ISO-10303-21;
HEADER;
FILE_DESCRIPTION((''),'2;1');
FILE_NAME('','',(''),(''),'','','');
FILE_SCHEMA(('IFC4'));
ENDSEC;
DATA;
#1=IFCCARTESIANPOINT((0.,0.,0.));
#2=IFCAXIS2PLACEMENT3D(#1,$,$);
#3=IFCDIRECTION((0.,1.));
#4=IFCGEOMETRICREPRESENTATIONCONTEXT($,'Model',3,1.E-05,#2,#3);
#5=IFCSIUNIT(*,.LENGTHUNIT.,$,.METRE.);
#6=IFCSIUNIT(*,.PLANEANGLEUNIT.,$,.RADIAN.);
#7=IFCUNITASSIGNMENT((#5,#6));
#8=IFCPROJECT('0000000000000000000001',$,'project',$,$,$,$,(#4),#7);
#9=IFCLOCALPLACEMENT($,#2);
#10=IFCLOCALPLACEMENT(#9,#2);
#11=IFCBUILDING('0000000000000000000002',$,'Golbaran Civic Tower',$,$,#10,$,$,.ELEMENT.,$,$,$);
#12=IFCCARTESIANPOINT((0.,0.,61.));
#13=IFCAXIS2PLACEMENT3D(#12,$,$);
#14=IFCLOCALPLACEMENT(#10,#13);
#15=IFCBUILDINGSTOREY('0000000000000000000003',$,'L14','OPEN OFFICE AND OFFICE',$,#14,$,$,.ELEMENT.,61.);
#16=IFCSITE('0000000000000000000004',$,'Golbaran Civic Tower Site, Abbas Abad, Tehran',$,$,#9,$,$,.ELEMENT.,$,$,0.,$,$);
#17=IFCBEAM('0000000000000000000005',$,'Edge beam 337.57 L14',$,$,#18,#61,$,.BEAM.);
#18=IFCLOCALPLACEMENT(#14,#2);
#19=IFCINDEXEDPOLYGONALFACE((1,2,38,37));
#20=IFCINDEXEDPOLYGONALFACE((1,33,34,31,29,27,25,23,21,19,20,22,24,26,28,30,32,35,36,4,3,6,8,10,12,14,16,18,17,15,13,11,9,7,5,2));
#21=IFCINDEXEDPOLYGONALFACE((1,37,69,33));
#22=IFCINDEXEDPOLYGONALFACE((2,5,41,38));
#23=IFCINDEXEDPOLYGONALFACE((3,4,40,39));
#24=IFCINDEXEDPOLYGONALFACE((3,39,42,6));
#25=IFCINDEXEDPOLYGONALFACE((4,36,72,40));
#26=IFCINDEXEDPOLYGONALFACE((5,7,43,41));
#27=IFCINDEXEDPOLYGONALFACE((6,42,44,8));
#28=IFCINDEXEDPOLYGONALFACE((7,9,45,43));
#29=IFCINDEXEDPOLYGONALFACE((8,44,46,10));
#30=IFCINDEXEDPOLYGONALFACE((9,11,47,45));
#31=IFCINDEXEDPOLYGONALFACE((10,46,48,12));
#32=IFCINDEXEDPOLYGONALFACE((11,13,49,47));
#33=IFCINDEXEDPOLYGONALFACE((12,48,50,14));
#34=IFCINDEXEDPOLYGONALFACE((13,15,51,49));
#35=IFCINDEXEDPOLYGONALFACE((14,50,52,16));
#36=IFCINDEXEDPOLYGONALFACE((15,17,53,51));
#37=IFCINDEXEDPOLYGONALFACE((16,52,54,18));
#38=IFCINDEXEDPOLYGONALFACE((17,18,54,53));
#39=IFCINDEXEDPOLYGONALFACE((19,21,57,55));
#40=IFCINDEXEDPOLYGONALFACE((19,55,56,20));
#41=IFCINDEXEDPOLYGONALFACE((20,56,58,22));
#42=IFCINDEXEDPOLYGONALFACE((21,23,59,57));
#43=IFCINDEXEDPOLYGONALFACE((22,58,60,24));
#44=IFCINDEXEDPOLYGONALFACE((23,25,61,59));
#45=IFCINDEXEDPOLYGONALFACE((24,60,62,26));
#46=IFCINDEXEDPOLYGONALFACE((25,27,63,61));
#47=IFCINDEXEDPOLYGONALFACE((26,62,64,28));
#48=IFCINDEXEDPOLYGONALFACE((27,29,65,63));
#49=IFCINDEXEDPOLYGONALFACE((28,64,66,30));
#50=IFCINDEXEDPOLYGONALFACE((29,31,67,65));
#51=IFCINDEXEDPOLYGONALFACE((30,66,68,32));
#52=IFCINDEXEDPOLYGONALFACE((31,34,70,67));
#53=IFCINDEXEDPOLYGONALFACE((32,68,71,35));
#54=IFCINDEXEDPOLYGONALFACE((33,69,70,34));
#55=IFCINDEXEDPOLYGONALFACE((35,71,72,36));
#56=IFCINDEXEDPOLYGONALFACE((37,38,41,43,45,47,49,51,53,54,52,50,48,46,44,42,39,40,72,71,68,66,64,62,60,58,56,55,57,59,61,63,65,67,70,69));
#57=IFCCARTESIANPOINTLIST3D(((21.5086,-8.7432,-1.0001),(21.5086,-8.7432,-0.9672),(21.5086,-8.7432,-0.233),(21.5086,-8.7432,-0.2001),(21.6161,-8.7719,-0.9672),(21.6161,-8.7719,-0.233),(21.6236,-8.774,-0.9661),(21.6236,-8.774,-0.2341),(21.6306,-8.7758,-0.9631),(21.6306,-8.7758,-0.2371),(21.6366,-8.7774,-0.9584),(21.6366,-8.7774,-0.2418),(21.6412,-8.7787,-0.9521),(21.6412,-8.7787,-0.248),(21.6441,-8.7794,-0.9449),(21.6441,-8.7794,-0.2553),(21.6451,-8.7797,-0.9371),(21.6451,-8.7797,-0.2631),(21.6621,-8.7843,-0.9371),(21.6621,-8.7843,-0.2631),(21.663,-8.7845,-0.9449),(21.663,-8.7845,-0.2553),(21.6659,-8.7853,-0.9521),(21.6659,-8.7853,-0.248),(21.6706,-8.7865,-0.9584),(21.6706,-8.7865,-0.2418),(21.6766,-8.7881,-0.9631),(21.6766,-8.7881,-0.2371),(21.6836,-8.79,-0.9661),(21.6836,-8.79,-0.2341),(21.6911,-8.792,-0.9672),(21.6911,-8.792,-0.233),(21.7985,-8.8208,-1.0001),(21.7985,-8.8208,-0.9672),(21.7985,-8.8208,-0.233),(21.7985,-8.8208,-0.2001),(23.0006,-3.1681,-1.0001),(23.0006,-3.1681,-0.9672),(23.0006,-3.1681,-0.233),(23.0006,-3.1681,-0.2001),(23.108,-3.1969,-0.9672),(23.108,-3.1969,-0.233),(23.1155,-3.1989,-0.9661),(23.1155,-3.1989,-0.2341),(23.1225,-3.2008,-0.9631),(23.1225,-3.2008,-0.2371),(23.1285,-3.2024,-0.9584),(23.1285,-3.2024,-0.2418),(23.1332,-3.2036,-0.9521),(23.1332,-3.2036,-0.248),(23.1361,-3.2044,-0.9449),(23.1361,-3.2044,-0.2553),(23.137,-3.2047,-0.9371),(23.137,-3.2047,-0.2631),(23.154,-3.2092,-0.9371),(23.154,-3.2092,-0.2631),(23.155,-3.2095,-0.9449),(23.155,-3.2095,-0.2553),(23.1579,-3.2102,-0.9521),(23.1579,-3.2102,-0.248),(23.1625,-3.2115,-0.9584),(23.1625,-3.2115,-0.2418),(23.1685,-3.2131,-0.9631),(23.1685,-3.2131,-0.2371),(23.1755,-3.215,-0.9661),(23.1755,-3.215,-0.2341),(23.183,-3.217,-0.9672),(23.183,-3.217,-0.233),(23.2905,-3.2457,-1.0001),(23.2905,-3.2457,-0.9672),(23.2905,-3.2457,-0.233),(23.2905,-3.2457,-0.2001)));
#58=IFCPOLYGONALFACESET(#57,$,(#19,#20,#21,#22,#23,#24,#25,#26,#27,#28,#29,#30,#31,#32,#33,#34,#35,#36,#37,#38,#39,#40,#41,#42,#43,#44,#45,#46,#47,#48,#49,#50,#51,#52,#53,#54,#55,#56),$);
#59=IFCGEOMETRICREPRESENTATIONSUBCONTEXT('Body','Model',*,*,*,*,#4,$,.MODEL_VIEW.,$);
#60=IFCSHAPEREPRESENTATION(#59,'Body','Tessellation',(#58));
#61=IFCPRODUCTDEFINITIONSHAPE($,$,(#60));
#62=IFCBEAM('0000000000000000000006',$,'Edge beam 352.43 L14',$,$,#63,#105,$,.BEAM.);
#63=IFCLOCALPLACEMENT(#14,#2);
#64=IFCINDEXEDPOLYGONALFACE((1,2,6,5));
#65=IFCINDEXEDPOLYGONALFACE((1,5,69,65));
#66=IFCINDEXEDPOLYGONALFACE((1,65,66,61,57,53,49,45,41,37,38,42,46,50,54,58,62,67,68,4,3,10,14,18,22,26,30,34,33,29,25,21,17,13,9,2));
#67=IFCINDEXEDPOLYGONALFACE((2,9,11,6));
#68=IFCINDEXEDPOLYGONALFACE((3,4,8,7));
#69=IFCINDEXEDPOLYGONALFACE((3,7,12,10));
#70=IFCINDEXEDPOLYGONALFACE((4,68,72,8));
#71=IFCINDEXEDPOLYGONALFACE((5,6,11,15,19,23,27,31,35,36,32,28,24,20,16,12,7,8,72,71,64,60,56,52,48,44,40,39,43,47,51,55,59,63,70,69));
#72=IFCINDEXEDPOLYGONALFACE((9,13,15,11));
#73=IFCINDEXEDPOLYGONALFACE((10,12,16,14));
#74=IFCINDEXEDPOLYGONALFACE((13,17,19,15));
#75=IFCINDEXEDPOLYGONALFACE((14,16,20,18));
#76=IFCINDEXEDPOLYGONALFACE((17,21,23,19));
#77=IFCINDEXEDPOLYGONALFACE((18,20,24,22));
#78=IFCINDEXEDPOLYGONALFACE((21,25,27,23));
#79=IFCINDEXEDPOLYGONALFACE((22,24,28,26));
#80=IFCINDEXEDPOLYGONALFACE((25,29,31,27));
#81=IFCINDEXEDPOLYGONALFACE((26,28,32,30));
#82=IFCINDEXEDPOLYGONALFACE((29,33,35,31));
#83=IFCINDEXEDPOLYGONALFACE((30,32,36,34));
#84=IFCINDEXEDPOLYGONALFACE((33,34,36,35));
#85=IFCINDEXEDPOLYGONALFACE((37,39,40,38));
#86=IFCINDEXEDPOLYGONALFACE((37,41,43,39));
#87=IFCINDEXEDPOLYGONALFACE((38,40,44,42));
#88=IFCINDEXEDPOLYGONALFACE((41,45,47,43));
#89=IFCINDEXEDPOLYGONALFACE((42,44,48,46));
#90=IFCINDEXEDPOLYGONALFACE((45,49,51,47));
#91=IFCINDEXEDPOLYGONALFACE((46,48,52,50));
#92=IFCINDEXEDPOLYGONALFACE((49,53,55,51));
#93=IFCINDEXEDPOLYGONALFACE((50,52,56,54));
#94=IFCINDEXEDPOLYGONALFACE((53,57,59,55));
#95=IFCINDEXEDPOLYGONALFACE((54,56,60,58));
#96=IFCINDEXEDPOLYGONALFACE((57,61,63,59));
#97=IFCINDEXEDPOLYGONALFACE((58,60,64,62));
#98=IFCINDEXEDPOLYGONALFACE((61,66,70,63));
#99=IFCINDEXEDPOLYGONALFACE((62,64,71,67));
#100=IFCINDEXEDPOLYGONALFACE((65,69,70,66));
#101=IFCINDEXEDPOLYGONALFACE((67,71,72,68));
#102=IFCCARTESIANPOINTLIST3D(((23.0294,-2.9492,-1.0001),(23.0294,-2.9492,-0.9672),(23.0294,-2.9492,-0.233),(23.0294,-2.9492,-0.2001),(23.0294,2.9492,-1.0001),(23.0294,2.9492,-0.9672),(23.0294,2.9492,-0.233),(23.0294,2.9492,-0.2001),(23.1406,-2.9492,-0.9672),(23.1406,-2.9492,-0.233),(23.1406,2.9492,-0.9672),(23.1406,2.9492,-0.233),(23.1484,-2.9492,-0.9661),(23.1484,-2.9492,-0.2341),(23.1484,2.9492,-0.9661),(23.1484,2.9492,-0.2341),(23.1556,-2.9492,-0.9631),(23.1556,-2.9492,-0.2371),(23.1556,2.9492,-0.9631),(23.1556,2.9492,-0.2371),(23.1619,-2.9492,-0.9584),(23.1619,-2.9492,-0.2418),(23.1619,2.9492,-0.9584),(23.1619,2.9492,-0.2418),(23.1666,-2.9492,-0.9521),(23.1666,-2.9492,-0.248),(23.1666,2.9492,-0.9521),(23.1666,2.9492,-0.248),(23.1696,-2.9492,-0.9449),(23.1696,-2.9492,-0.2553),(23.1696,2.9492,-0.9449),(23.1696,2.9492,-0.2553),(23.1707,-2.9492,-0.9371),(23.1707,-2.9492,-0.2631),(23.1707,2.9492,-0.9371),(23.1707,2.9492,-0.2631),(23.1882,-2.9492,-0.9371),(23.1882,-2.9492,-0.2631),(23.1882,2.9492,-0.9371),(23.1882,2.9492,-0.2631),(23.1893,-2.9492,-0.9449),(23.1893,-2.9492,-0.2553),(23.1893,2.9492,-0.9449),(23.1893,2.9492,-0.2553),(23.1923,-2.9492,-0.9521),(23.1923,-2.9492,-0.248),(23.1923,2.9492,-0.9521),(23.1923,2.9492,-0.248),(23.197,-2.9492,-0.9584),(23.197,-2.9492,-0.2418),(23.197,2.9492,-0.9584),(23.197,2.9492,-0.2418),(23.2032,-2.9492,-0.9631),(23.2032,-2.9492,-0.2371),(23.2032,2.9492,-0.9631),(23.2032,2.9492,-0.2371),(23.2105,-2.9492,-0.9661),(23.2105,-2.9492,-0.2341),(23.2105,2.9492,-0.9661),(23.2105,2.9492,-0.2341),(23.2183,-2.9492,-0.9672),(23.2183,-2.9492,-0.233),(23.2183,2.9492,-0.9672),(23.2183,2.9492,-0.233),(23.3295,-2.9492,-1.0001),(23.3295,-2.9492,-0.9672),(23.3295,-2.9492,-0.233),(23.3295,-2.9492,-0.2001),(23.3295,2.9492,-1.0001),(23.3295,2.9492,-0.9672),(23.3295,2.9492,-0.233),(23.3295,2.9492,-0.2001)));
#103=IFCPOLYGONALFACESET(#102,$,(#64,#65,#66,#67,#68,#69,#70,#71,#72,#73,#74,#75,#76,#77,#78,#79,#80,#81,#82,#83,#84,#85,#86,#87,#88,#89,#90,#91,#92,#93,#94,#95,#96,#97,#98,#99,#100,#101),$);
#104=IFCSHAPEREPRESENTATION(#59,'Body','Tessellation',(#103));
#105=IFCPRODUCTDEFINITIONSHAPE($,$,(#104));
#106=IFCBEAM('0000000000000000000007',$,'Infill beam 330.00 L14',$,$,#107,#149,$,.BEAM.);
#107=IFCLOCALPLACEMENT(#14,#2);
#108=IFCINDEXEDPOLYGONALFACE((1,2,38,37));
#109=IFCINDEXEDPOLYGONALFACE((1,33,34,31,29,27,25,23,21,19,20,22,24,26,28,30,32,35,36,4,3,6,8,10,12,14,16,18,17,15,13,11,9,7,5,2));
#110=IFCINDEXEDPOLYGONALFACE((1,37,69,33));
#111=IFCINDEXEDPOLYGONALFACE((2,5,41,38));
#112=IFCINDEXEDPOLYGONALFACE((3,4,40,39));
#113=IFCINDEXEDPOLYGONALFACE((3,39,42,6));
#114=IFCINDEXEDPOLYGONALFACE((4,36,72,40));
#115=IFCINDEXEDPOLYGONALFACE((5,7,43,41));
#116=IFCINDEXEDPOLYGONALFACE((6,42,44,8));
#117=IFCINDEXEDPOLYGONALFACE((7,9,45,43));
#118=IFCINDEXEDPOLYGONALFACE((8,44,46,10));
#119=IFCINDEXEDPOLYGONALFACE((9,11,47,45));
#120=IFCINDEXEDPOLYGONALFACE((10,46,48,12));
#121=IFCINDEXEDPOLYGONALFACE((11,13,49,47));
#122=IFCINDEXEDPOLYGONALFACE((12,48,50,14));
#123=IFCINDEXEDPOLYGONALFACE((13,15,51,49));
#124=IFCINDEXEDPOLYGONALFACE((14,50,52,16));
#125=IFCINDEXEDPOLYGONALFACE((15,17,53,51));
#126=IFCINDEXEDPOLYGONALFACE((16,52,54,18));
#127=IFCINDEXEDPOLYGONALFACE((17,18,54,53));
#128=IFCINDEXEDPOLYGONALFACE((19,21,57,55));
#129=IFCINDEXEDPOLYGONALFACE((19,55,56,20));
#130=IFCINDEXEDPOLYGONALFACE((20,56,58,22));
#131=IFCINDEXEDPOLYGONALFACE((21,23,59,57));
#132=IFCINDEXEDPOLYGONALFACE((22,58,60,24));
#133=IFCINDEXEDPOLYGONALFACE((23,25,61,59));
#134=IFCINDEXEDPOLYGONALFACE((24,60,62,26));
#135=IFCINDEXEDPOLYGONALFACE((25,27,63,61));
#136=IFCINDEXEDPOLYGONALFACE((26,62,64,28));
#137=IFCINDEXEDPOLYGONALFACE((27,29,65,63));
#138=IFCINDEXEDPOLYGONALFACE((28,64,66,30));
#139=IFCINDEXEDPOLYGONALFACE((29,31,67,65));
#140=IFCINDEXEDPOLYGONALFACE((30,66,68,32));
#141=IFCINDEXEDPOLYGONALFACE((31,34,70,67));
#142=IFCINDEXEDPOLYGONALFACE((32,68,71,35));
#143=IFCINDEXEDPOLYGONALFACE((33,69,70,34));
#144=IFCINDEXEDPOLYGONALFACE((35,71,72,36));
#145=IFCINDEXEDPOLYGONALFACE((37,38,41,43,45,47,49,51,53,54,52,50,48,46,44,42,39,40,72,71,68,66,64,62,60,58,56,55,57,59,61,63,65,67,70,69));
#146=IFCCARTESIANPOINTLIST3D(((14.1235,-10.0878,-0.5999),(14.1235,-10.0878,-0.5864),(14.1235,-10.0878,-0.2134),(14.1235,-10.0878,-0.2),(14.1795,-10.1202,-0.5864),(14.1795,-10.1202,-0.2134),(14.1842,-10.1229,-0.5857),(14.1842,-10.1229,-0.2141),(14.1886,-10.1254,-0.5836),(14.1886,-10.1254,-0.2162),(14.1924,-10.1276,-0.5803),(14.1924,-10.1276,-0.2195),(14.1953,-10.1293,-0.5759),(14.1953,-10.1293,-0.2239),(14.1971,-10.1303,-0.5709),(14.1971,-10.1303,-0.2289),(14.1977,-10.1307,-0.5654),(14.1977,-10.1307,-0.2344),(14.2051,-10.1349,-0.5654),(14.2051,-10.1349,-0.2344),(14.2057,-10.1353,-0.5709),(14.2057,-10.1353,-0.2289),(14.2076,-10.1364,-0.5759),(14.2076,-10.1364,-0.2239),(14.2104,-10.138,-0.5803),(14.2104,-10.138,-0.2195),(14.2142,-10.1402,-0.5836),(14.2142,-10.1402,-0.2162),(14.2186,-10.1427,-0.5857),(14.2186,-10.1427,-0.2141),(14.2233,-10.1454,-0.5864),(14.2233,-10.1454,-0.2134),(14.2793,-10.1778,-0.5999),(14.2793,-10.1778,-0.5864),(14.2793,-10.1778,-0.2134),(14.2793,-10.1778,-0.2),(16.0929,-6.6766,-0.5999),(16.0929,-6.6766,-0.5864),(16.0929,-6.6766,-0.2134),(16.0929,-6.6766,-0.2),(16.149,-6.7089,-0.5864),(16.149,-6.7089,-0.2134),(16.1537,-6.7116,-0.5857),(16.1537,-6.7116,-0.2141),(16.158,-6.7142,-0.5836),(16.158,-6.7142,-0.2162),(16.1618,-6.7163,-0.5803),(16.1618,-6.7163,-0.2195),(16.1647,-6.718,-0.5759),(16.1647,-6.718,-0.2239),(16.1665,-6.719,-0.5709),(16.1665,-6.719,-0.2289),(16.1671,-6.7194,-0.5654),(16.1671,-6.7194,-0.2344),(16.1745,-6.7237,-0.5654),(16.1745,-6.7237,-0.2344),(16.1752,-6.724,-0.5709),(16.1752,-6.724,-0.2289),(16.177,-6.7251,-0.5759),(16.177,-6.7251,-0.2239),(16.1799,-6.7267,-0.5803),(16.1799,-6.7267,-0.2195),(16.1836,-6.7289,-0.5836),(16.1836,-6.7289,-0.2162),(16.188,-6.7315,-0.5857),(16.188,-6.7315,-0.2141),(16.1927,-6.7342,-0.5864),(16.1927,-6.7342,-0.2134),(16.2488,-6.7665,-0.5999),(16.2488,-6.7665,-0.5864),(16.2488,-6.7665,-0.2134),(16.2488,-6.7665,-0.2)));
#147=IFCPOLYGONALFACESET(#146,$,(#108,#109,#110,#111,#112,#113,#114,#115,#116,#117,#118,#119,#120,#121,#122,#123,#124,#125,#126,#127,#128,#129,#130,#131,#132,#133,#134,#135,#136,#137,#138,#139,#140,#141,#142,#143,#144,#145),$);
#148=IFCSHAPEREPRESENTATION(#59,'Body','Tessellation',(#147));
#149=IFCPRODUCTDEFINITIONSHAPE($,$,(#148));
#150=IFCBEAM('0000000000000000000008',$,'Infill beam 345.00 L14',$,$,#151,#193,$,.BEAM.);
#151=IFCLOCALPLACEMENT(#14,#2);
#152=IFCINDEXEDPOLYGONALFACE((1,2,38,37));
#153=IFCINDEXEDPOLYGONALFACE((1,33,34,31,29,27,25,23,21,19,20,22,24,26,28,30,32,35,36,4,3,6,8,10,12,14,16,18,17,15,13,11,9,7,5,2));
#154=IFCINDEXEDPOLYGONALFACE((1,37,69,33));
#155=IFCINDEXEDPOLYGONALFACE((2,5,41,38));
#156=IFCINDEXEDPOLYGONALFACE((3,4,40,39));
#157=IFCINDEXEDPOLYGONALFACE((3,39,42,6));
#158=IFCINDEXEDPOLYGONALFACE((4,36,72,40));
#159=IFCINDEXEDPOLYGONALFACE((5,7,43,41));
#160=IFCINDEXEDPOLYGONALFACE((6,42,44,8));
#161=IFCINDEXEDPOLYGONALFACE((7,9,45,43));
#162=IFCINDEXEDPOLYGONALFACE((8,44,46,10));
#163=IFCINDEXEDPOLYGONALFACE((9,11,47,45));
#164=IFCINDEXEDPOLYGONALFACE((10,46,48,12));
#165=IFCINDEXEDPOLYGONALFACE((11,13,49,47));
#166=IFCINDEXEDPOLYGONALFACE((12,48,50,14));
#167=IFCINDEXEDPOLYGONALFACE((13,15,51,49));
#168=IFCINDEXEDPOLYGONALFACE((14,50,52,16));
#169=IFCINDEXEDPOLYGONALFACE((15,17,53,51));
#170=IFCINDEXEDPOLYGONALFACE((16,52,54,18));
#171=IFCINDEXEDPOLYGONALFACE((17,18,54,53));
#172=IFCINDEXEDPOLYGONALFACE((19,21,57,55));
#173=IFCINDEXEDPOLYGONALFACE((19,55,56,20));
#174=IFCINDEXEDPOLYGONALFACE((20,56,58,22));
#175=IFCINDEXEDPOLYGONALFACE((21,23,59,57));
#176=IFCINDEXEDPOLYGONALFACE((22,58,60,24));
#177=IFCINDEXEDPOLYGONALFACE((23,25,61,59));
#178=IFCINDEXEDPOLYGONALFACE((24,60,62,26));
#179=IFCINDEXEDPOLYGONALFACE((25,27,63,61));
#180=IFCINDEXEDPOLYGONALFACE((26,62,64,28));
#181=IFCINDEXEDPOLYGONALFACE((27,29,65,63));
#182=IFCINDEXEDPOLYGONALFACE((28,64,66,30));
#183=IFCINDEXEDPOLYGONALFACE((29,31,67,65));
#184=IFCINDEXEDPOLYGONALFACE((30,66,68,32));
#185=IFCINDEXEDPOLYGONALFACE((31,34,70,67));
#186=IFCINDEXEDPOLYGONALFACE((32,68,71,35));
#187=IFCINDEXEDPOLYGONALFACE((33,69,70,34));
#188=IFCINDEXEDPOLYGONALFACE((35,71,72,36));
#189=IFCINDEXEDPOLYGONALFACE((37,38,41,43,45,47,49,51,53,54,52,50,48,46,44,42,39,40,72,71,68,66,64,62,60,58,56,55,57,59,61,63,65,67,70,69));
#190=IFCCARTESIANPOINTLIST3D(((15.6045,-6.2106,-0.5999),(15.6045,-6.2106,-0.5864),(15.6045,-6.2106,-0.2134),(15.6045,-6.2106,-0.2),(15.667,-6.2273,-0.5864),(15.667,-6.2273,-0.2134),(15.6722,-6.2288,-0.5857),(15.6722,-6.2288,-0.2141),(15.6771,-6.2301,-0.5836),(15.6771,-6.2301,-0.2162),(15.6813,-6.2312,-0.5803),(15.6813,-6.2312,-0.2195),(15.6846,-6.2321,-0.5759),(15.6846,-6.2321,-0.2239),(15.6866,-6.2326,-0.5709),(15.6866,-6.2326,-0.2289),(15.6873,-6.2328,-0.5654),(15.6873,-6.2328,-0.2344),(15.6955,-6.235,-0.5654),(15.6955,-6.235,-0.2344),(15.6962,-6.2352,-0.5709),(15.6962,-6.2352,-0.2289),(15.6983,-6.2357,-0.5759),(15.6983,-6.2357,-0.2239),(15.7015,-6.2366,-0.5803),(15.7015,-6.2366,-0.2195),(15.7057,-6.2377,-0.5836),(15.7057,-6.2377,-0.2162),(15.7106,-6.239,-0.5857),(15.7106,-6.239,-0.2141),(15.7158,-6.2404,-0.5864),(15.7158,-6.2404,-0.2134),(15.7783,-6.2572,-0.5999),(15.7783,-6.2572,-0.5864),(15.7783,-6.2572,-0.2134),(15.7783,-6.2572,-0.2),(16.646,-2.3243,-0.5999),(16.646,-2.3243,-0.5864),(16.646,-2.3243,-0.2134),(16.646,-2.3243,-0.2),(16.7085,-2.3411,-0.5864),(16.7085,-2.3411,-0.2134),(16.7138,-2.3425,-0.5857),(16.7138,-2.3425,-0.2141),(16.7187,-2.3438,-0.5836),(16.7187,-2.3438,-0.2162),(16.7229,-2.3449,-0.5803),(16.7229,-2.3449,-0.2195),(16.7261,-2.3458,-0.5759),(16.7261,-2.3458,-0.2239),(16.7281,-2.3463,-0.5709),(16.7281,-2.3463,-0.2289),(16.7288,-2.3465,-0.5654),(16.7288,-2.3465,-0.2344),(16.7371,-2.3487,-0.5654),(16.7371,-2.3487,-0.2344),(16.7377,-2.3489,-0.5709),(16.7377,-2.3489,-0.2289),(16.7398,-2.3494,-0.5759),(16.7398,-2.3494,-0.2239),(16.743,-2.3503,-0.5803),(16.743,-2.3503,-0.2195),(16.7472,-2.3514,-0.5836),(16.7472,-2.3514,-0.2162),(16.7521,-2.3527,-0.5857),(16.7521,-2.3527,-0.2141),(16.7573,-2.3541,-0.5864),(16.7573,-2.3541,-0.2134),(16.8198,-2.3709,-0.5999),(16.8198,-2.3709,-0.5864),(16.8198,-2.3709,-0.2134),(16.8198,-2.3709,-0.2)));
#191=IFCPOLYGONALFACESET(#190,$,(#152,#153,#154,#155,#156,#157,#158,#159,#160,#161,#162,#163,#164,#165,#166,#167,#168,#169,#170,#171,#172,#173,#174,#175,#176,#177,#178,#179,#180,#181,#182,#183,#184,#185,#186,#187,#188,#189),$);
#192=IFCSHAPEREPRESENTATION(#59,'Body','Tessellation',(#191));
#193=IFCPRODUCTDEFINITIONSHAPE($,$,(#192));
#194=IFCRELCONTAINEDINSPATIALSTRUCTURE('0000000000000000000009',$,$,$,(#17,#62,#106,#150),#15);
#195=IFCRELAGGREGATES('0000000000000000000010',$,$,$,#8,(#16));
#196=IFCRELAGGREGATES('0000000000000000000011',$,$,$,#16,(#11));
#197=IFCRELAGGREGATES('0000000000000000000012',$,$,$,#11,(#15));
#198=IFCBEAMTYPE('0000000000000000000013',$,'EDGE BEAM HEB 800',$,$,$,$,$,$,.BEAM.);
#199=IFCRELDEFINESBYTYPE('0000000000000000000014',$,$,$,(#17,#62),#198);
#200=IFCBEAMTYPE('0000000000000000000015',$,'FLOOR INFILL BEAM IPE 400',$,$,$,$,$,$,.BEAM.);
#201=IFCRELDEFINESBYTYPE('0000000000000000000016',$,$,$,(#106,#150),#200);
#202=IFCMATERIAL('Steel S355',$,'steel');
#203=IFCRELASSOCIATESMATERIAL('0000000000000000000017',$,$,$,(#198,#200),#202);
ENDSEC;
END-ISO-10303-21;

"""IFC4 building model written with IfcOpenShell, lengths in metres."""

from ifc_helpers import new_model, si_unit, direction, frame, origin, origin_2d, place, context, subcontext, project, spatial, i_section, extrude, material, material_profile, profile_set, type_object, element, save


model = new_model("IFC4")

# Units and contexts
model_context = context("Model", 3, precision=1e-05, world=origin(), true_north=direction((0.0, 1.0)))
body_context = subcontext(model_context, "Body", "Model", "MODEL_VIEW")
ifc_project = project(units=[si_unit("LENGTHUNIT", "METRE"), si_unit("PLANEANGLEUNIT", "RADIAN")], contexts=[model_context])

# Site, building, storey
site_placement = place(None, origin())
site = spatial("IfcSite", under=ifc_project, at=site_placement, Name="Golbaran Civic Tower Site, Abbas Abad, Tehran", CompositionType="ELEMENT", RefElevation=0.0)
building_placement = place(site_placement, origin())
building = spatial("IfcBuilding", under=site, at=building_placement, Name="Golbaran Civic Tower", CompositionType="ELEMENT")
storey_placement = place(building_placement, frame((0.0, 0.0, 61.0)))
storey = spatial("IfcBuildingStorey", under=building, at=storey_placement, Name="L14", Description="OPEN OFFICE AND OFFICE", CompositionType="ELEMENT", Elevation=61.0)

# Beams
ifc_material_1 = material(Name="Steel S355", Category="steel")
ifc_material_profile_1 = material_profile(ifc_material_1, i_section(OverallWidth=0.3, OverallDepth=0.8, WebThickness=0.0176, FlangeThickness=0.033, FilletRadius=0.03, at=origin_2d()), Name="HEB 800")
ifc_profile_set_1 = profile_set([ifc_material_profile_1], Name="Steel S355")
beam_type_1 = type_object("IfcBeamType", Name="EDGE BEAM HEB 800", PredefinedType="BEAM", material=ifc_profile_set_1)
beam_1_placement = place(storey_placement, frame((21.6536, -8.782, -0.6001), z_axis=(0.258518, 0.966006, 0.0), x_axis=(-0.966006, 0.258518, 0.0)))
element("IfcBeam", 1, at=beam_1_placement, inside=storey, type_object=beam_type_1, Name="Edge beam 337.57 L14", PredefinedType="BEAM", context=body_context, shape_type="SweptSolid", body=[
    extrude(i_section(OverallWidth=0.3, OverallDepth=0.8, WebThickness=0.0176, FlangeThickness=0.033, FilletRadius=0.03, at=origin_2d()), origin(), (0.0, 0.0, 1.0), 5.7712),
])
beam_2_placement = place(storey_placement, frame((23.1794, -2.9492, -0.6001), z_axis=(0.0, 1.0, 0.0), x_axis=(-1.0, 0.0, 0.0)))
element("IfcBeam", 2, at=beam_2_placement, inside=storey, type_object=beam_type_1, Name="Edge beam 352.43 L14", PredefinedType="BEAM", context=body_context, shape_type="SweptSolid", body=[
    extrude(i_section(OverallWidth=0.3, OverallDepth=0.8, WebThickness=0.0176, FlangeThickness=0.033, FilletRadius=0.03, at=origin_2d()), origin(), (0.0, 0.0, 1.0), 5.8984),
])
ifc_material_profile_2 = material_profile(ifc_material_1, i_section(OverallWidth=0.1799, OverallDepth=0.3999, WebThickness=0.0085, FlangeThickness=0.0134, FilletRadius=0.021, at=origin_2d()), Name="IPE 400")
ifc_profile_set_2 = profile_set([ifc_material_profile_2], Name="Steel S355")
beam_type_2 = type_object("IfcBeamType", Name="FLOOR INFILL BEAM IPE 400", PredefinedType="BEAM", material=ifc_profile_set_2)
beam_3_placement = place(storey_placement, frame((14.2014, -10.1328, -0.3999), z_axis=(0.499985, 0.866034, 0.0), x_axis=(-0.866034, 0.499985, 0.0)))
element("IfcBeam", 3, at=beam_3_placement, inside=storey, type_object=beam_type_2, Name="Infill beam 330.00 L14", PredefinedType="BEAM", context=body_context, shape_type="SweptSolid", body=[
    extrude(i_section(OverallWidth=0.1799, OverallDepth=0.3999, WebThickness=0.0085, FlangeThickness=0.0134, FilletRadius=0.021, at=origin_2d()), origin(), (0.0, 0.0, 1.0), 3.939),
])
beam_4_placement = place(storey_placement, frame((15.6914, -6.2339, -0.3999), z_axis=(0.258863, 0.965914, 0.0), x_axis=(-0.965914, 0.258863, 0.0)))
element("IfcBeam", 4, at=beam_4_placement, inside=storey, type_object=beam_type_2, Name="Infill beam 345.00 L14", PredefinedType="BEAM", context=body_context, shape_type="SweptSolid", body=[
    extrude(i_section(OverallWidth=0.1799, OverallDepth=0.3999, WebThickness=0.0085, FlangeThickness=0.0134, FilletRadius=0.021, at=origin_2d()), origin(), (0.0, 0.0, 1.0), 4.0234),
])

save(model, "model.ifc")
